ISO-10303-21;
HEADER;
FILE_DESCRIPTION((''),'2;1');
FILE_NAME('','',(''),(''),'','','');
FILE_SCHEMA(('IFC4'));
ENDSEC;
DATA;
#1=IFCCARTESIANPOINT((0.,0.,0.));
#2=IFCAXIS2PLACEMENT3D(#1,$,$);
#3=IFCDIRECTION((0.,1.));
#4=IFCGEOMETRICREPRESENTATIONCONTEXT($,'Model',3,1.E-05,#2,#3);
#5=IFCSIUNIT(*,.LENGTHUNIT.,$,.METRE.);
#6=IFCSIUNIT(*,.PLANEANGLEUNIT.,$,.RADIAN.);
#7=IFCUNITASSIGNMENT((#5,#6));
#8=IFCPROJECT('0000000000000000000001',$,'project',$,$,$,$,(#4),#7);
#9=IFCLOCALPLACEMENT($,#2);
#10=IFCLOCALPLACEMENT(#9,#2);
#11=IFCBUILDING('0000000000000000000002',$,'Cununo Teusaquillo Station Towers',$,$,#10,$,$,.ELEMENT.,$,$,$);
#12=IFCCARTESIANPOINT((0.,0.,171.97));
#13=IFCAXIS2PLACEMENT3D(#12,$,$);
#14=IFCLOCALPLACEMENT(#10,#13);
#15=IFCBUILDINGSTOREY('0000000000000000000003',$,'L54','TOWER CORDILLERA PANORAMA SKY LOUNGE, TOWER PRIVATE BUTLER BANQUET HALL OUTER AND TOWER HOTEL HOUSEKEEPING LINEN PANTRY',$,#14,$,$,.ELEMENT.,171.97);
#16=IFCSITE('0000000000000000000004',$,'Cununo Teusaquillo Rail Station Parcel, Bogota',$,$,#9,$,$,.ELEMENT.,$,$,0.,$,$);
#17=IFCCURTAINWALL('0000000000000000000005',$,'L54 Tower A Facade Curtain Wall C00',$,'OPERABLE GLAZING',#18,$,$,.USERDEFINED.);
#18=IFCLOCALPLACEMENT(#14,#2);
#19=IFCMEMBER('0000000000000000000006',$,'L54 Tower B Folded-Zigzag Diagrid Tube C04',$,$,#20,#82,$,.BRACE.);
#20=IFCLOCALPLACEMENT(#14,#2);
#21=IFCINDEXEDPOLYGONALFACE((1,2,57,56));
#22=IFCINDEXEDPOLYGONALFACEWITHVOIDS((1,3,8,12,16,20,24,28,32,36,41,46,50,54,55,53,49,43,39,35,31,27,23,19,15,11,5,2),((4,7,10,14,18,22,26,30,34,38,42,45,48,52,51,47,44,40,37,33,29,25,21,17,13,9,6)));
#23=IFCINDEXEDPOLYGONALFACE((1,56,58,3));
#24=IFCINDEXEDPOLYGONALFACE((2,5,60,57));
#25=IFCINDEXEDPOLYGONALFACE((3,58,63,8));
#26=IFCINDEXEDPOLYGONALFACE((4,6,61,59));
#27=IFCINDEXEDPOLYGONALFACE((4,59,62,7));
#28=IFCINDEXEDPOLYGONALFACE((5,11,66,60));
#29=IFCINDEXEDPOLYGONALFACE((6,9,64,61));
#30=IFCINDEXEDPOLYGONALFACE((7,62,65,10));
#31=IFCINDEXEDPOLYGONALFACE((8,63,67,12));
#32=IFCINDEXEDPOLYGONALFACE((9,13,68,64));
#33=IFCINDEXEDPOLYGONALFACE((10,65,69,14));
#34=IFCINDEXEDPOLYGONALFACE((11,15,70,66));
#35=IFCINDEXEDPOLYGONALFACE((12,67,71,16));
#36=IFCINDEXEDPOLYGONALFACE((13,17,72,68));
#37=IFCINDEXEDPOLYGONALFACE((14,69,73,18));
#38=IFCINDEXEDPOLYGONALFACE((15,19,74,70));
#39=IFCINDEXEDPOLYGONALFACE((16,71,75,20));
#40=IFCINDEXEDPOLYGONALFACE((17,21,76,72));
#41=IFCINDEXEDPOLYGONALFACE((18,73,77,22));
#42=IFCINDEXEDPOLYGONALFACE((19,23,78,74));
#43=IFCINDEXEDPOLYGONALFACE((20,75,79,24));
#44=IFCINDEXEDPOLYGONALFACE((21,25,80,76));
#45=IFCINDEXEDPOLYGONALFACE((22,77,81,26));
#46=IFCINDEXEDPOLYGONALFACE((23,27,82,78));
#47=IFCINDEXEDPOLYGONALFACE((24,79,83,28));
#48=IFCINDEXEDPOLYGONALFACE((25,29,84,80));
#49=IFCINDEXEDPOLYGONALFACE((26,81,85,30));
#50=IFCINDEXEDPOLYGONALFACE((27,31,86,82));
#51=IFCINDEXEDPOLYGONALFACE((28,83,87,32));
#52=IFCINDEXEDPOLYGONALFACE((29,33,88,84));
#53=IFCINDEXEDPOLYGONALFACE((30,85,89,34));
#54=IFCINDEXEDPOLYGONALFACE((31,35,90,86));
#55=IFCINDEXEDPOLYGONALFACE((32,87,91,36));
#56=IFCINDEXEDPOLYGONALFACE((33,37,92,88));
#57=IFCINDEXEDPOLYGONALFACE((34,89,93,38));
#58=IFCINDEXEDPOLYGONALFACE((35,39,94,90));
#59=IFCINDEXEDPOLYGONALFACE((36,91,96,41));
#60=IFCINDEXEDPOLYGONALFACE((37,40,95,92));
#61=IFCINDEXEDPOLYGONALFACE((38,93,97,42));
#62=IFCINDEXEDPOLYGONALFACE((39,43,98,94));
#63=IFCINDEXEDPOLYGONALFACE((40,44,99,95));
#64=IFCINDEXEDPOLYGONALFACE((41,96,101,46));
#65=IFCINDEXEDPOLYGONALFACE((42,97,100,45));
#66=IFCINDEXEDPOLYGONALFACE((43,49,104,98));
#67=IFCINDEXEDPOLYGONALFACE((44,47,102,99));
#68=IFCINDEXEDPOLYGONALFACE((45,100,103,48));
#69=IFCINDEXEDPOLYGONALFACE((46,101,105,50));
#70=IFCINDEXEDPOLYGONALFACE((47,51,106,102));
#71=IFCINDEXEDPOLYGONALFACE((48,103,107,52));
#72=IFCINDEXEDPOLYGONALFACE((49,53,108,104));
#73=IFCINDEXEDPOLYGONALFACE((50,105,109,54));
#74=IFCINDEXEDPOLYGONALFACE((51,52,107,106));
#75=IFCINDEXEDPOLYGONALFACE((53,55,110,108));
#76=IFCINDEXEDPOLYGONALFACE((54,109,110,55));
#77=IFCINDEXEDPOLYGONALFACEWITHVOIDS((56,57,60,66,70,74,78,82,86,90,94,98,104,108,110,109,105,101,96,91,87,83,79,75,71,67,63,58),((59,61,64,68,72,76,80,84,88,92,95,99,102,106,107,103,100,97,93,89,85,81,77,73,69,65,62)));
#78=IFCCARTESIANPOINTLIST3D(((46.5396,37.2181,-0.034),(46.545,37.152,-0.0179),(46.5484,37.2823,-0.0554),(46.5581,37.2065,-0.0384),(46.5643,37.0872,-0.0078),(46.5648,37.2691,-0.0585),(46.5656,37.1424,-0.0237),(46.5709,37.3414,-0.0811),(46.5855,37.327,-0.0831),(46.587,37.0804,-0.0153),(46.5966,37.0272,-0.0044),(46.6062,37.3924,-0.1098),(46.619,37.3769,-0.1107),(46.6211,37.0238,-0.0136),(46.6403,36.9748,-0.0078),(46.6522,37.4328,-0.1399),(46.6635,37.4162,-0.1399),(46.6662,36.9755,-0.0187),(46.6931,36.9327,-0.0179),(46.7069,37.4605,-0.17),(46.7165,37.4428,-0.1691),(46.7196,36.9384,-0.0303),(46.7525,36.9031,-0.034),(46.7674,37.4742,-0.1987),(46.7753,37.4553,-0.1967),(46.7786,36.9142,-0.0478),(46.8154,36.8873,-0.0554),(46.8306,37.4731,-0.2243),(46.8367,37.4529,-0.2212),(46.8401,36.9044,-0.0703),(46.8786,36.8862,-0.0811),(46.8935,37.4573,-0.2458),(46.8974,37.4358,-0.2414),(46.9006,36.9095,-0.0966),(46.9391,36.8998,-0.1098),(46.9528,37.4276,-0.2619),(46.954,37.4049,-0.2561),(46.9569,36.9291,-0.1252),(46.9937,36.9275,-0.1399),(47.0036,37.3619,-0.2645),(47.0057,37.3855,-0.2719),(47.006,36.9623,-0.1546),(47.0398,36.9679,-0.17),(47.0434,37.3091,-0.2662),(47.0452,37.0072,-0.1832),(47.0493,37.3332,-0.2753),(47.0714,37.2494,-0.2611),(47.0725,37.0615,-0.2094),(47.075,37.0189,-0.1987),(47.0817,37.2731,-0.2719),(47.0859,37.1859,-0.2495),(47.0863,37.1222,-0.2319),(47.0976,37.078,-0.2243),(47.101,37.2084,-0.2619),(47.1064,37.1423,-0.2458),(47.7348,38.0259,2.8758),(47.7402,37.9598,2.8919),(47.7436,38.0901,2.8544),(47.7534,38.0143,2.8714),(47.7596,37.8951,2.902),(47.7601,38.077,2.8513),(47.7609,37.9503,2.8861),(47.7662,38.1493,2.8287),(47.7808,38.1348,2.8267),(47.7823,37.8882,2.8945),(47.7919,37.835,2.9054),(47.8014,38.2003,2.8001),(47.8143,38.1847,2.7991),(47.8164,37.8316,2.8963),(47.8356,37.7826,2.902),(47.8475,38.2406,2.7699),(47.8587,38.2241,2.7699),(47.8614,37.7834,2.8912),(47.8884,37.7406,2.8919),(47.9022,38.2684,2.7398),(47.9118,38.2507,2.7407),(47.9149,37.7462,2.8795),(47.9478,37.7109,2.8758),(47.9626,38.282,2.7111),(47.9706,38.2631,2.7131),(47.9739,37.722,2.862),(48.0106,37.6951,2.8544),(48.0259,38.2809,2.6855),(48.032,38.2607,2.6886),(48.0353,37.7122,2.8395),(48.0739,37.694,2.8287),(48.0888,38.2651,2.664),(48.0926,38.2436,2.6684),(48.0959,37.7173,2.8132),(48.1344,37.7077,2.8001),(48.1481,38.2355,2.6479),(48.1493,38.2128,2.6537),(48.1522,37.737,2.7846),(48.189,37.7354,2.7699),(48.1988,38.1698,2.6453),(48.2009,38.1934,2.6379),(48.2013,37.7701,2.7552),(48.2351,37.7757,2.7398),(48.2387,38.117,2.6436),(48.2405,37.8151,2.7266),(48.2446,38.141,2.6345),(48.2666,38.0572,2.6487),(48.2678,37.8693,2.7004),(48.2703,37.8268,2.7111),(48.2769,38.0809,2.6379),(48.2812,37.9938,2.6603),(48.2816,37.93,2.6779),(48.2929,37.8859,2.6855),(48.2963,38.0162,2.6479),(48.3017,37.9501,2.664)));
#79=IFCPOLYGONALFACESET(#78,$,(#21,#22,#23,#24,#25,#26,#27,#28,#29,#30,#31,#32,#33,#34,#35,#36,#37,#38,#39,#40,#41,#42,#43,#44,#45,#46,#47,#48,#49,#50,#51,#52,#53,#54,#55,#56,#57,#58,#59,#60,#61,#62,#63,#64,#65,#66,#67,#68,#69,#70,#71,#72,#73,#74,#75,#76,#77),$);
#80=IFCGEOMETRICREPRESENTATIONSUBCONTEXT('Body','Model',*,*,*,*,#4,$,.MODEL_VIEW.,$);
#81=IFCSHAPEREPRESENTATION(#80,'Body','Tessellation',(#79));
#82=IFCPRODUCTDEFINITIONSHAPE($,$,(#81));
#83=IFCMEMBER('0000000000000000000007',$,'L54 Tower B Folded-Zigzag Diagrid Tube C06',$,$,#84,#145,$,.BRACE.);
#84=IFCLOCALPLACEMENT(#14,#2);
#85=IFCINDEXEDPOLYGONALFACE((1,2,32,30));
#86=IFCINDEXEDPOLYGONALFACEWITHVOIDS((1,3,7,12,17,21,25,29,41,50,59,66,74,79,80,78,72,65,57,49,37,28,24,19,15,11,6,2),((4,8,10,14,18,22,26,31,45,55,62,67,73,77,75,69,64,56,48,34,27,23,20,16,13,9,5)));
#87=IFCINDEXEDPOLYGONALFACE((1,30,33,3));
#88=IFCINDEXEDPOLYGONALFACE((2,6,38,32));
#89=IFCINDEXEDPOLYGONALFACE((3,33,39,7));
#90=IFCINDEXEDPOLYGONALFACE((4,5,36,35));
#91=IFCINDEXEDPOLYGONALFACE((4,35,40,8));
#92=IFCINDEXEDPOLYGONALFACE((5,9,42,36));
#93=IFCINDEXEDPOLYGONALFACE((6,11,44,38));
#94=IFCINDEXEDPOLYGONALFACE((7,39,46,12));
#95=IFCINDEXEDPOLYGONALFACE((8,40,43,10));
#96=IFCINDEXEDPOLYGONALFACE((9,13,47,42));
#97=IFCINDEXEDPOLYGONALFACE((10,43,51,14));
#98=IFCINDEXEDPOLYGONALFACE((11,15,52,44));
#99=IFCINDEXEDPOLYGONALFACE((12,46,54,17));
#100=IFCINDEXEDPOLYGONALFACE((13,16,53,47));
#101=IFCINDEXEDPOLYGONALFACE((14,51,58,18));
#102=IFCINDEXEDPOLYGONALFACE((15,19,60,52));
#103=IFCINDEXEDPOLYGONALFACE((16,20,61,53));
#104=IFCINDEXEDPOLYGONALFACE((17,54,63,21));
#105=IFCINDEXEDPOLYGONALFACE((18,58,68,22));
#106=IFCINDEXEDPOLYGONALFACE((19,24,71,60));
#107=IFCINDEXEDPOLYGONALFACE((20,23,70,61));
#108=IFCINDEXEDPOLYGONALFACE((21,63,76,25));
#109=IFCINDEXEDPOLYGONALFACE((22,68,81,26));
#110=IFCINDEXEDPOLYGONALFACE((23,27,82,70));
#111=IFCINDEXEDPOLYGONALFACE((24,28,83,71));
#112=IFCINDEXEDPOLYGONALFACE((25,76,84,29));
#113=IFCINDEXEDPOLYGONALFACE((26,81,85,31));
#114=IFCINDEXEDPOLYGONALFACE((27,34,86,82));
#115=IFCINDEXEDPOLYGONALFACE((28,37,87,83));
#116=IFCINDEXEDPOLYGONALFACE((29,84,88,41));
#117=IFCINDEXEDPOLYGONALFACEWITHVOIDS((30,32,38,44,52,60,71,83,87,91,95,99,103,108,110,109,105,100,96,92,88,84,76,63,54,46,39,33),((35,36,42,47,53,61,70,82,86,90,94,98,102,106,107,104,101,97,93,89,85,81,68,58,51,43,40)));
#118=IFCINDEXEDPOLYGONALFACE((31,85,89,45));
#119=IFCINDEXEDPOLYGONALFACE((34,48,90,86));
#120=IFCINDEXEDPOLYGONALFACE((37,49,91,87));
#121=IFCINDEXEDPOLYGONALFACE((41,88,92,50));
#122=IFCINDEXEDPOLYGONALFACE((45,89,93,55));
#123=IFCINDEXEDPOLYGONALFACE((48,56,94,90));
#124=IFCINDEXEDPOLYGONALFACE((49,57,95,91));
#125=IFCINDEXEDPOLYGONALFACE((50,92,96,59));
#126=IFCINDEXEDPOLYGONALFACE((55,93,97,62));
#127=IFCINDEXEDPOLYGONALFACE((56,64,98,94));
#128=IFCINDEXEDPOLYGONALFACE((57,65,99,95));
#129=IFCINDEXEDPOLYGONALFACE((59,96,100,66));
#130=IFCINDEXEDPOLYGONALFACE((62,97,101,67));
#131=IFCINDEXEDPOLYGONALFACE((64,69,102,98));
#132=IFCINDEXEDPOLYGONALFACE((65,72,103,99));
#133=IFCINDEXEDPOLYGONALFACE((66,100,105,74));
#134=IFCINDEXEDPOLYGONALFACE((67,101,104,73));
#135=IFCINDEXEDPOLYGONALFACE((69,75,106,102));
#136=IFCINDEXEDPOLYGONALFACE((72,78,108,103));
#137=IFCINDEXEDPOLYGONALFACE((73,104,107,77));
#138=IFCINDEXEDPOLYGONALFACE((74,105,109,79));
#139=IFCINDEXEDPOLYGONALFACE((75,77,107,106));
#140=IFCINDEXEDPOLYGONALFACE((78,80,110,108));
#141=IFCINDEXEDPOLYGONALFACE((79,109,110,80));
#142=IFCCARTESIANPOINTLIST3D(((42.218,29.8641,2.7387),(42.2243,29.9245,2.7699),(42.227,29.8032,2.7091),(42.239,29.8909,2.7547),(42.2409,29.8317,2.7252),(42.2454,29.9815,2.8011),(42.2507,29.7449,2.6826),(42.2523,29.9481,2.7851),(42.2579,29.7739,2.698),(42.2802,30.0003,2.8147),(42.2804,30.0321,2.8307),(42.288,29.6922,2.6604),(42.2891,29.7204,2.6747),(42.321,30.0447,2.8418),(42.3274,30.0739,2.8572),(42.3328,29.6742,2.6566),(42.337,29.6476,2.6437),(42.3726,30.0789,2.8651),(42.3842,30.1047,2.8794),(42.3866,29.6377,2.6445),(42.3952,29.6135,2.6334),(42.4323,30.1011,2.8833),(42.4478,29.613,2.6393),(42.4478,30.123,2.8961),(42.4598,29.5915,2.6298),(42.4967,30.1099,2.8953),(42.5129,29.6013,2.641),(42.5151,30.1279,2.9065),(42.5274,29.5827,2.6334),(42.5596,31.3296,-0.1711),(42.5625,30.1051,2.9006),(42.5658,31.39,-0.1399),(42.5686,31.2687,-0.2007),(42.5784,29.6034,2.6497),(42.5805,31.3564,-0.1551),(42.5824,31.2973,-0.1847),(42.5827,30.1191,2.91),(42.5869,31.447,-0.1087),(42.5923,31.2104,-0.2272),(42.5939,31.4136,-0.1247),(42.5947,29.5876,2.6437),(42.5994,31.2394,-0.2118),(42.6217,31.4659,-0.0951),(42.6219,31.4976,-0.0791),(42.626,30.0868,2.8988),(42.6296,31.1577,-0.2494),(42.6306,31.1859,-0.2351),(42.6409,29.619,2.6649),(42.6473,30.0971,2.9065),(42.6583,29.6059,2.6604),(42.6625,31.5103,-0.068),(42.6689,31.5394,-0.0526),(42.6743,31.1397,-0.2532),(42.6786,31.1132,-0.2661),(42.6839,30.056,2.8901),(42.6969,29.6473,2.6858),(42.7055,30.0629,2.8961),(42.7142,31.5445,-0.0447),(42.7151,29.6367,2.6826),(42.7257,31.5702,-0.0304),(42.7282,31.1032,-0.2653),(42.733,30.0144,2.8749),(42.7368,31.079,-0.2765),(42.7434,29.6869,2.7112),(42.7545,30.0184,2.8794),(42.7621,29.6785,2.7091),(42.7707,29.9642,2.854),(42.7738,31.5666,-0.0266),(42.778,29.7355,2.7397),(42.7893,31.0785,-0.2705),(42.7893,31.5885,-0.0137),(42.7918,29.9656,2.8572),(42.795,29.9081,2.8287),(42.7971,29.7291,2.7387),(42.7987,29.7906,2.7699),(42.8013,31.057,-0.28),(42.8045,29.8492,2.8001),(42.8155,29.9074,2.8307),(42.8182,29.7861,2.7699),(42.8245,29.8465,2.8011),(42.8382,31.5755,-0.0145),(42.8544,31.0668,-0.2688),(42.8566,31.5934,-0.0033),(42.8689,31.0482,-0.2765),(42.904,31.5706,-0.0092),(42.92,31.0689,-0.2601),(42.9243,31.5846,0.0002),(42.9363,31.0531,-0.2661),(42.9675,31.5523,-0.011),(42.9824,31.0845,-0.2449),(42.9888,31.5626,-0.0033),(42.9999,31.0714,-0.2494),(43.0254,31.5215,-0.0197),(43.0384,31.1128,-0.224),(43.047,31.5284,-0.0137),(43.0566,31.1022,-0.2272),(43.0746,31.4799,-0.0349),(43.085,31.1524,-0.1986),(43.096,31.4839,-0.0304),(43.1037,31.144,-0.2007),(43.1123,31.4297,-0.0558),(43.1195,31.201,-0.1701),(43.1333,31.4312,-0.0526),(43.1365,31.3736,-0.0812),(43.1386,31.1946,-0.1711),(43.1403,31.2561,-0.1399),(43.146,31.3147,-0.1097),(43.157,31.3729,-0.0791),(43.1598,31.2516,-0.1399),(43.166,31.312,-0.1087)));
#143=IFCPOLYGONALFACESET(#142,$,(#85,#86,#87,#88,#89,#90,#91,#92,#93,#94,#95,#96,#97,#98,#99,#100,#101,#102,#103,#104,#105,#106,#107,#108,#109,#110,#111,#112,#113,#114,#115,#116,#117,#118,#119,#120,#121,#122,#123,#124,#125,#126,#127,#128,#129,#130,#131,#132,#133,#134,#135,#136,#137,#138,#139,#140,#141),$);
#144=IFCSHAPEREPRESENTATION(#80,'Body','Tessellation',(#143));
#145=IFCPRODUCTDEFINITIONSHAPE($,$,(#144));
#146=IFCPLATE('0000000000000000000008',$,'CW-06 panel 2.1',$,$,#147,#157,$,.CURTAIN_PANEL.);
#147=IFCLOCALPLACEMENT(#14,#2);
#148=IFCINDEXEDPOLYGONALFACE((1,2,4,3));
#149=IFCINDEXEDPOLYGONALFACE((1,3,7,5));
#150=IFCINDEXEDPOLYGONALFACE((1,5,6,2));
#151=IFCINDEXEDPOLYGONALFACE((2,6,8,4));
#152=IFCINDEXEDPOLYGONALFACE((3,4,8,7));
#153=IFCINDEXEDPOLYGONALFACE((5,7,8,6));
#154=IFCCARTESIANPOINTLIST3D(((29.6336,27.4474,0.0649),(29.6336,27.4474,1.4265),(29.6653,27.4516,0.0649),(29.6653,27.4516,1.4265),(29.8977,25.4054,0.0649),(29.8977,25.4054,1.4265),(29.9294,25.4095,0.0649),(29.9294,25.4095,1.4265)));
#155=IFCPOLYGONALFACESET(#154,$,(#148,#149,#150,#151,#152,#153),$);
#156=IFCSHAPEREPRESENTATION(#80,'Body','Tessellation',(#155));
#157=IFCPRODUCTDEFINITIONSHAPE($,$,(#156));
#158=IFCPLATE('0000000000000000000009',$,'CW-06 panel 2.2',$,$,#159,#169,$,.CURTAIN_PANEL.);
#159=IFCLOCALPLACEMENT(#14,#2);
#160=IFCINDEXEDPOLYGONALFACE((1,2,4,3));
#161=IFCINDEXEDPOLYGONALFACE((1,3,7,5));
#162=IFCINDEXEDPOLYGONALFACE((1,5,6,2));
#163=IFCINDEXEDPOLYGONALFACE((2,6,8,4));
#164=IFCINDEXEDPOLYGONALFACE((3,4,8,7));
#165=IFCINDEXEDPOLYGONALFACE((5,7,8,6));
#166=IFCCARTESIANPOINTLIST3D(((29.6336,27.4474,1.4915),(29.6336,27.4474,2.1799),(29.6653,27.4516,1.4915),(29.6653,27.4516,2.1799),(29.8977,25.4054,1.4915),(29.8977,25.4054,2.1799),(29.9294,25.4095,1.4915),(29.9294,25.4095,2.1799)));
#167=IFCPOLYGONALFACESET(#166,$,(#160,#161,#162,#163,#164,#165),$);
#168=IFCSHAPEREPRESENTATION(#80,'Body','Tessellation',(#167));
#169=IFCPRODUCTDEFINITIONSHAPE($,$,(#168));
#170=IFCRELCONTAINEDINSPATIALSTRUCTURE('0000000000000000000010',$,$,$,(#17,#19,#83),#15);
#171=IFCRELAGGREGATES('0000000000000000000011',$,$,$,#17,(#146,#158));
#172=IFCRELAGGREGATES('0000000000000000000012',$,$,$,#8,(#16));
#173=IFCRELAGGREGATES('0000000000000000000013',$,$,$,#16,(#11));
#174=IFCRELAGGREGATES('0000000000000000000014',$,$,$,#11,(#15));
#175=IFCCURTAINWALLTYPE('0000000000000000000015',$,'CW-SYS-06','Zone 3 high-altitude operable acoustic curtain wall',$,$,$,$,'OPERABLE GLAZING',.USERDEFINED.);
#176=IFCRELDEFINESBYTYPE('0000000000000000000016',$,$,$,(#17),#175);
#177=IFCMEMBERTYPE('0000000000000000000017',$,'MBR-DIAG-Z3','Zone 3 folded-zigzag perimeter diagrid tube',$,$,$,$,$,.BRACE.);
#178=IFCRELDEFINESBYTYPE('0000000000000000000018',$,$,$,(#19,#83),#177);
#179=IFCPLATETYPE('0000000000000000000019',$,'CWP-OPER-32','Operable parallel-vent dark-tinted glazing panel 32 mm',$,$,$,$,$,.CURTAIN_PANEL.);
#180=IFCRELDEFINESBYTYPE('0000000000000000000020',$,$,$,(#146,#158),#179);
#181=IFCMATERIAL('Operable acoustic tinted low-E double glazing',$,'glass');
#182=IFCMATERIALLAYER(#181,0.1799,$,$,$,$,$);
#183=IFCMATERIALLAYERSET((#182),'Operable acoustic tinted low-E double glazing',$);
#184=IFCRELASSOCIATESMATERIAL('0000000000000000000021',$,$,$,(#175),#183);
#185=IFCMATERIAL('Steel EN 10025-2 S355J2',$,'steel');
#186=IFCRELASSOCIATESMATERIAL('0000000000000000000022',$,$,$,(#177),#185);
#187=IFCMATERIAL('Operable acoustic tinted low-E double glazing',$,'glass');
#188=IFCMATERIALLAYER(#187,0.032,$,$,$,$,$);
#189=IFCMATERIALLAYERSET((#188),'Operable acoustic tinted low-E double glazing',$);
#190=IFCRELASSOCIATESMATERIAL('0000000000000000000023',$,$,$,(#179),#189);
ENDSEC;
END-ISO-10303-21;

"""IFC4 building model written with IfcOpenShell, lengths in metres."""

from ifc_helpers import new_model, si_unit, direction, frame, origin, origin_2d, place, context, subcontext, project, spatial, rectangle, hollow_circle, extrude, source, transform, mapped, material, layer, layer_set, material_profile, profile_set, type_object, element, aggregate, save


model = new_model("IFC4")

# Units and contexts
model_context = context("Model", 3, precision=1e-05, world=origin(), true_north=direction((0.0, 1.0)))
body_context = subcontext(model_context, "Body", "Model", "MODEL_VIEW")
ifc_project = project(units=[si_unit("LENGTHUNIT", "METRE"), si_unit("PLANEANGLEUNIT", "RADIAN")], contexts=[model_context])

# Site, building, storey
site_placement = place(None, origin())
site = spatial("IfcSite", under=ifc_project, at=site_placement, Name="Cununo Teusaquillo Rail Station Parcel, Bogota", CompositionType="ELEMENT", RefElevation=0.0)
building_placement = place(site_placement, origin())
building = spatial("IfcBuilding", under=site, at=building_placement, Name="Cununo Teusaquillo Station Towers", CompositionType="ELEMENT")
storey_placement = place(building_placement, frame((0.0, 0.0, 171.97)))
storey = spatial("IfcBuildingStorey", under=building, at=storey_placement, Name="L54", Description="TOWER CORDILLERA PANORAMA SKY LOUNGE, TOWER PRIVATE BUTLER BANQUET HALL OUTER AND TOWER HOTEL HOUSEKEEPING LINEN PANTRY", CompositionType="ELEMENT", Elevation=171.97)

# Curtain wall
ifc_material_1 = material(Name="Operable acoustic tinted low-E double glazing", Category="glass")
ifc_layer_1 = layer(ifc_material_1, 0.1799)
ifc_layer_set_1 = layer_set([ifc_layer_1], Name="Operable acoustic tinted low-E double glazing")
curtain_wall_type = type_object("IfcCurtainWallType", Name="CW-SYS-06", Description="Zone 3 high-altitude operable acoustic curtain wall", ElementType="OPERABLE GLAZING", PredefinedType="USERDEFINED", material=ifc_layer_set_1)
curtain_wall_placement = place(storey_placement, origin())
curtain_wall = element("IfcCurtainWall", 1, at=curtain_wall_placement, inside=storey, type_object=curtain_wall_type, Name="L54 Tower A Facade Curtain Wall C00", ObjectType="OPERABLE GLAZING", PredefinedType="USERDEFINED")

# Members
ifc_material_2 = material(Name="Steel EN 10025-2 S355J2", Category="steel")
ifc_material_profile_1 = material_profile(ifc_material_2, hollow_circle(Radius=0.3049, WallThickness=0.02, at=origin_2d()), Name="CHS 610x20")
ifc_profile_set_1 = profile_set([ifc_material_profile_1], Name="Steel EN 10025-2 S355J2")
member_type_1 = type_object("IfcMemberType", Name="MBR-DIAG-Z3", Description="Zone 3 folded-zigzag perimeter diagrid tube", PredefinedType="BRACE", material=ifc_profile_set_1)
member_1_placement = place(storey_placement, frame((46.823, 37.1802, -0.1399), z_axis=(0.368024, 0.248732, 0.89593), x_axis=(-0.559961, 0.828519, 0.0)))
element("IfcMember", 2, at=member_1_placement, inside=storey, type_object=member_type_1, Name="L54 Tower B Folded-Zigzag Diagrid Tube C04", PredefinedType="BRACE", context=body_context, shape_type="SweptSolid", body=[
    extrude(hollow_circle(Radius=0.3049, WallThickness=0.02, at=origin_2d()), origin(), (0.0, 0.0, 1.0), 3.2478),
])
member_2_placement = place(storey_placement, frame((42.8628, 31.3208, -0.1399), z_axis=(-0.104259, -0.447368, 0.888252), x_axis=(0.973902, -0.226968, 0.0)))
element("IfcMember", 3, at=member_2_placement, inside=storey, type_object=member_type_1, Name="L54 Tower B Folded-Zigzag Diagrid Tube C06", PredefinedType="BRACE", context=body_context, shape_type="SweptSolid", body=[
    extrude(hollow_circle(Radius=0.3049, WallThickness=0.02, at=origin_2d()), origin(), (0.0, 0.0, 1.0), 3.2759),
])

# Plates
ifc_material_3 = material(Name="Operable acoustic tinted low-E double glazing", Category="glass")
ifc_layer_2 = layer(ifc_material_3, 0.032)
ifc_layer_set_2 = layer_set([ifc_layer_2], Name="Operable acoustic tinted low-E double glazing")
plate_type = type_object("IfcPlateType", Name="CWP-OPER-32", Description="Operable parallel-vent dark-tinted glazing panel 32 mm", PredefinedType="CURTAIN_PANEL", material=ifc_layer_set_2)
shared_shape_1 = source(origin(), body_context, "Body", "SweptSolid", [
    extrude(rectangle(XDim=2.0591, YDim=0.032, at=origin_2d()), origin(), (0.0, 0.0, 1.0), 1.3616),
])
plate_1_placement = place(storey_placement, frame((29.7815, 26.4285, 0.0649), z_axis=(0.0, 0.0, 1.0), x_axis=(0.128285, -0.991737, 0.0)))
plate_1 = element("IfcPlate", 4, at=plate_1_placement, type_object=plate_type, Name="CW-06 panel 2.1", PredefinedType="CURTAIN_PANEL", context=body_context, shape_type="MappedRepresentation", body=[
    mapped(shared_shape_1, transform((0.0, 0.0, 0.0), x_axis=(1.0, 0.0, 0.0), y_axis=(0.0, 1.0, 0.0), z_axis=(0.0, 0.0, 1.0), scale=1.0)),
])
shared_shape_2 = source(origin(), body_context, "Body", "SweptSolid", [
    extrude(rectangle(XDim=2.0591, YDim=0.032, at=origin_2d()), origin(), (0.0, 0.0, 1.0), 0.6885),
])
plate_2_placement = place(storey_placement, frame((29.7815, 26.4285, 1.4915), z_axis=(0.0, 0.0, 1.0), x_axis=(0.128285, -0.991737, 0.0)))
plate_2 = element("IfcPlate", 5, at=plate_2_placement, type_object=plate_type, Name="CW-06 panel 2.2", PredefinedType="CURTAIN_PANEL", context=body_context, shape_type="MappedRepresentation", body=[
    mapped(shared_shape_2, transform((0.0, 0.0, 0.0), x_axis=(1.0, 0.0, 0.0), y_axis=(0.0, 1.0, 0.0), z_axis=(0.0, 0.0, 1.0), scale=1.0)),
])
aggregate(curtain_wall, [plate_1, plate_2])

save(model, "model.ifc")
